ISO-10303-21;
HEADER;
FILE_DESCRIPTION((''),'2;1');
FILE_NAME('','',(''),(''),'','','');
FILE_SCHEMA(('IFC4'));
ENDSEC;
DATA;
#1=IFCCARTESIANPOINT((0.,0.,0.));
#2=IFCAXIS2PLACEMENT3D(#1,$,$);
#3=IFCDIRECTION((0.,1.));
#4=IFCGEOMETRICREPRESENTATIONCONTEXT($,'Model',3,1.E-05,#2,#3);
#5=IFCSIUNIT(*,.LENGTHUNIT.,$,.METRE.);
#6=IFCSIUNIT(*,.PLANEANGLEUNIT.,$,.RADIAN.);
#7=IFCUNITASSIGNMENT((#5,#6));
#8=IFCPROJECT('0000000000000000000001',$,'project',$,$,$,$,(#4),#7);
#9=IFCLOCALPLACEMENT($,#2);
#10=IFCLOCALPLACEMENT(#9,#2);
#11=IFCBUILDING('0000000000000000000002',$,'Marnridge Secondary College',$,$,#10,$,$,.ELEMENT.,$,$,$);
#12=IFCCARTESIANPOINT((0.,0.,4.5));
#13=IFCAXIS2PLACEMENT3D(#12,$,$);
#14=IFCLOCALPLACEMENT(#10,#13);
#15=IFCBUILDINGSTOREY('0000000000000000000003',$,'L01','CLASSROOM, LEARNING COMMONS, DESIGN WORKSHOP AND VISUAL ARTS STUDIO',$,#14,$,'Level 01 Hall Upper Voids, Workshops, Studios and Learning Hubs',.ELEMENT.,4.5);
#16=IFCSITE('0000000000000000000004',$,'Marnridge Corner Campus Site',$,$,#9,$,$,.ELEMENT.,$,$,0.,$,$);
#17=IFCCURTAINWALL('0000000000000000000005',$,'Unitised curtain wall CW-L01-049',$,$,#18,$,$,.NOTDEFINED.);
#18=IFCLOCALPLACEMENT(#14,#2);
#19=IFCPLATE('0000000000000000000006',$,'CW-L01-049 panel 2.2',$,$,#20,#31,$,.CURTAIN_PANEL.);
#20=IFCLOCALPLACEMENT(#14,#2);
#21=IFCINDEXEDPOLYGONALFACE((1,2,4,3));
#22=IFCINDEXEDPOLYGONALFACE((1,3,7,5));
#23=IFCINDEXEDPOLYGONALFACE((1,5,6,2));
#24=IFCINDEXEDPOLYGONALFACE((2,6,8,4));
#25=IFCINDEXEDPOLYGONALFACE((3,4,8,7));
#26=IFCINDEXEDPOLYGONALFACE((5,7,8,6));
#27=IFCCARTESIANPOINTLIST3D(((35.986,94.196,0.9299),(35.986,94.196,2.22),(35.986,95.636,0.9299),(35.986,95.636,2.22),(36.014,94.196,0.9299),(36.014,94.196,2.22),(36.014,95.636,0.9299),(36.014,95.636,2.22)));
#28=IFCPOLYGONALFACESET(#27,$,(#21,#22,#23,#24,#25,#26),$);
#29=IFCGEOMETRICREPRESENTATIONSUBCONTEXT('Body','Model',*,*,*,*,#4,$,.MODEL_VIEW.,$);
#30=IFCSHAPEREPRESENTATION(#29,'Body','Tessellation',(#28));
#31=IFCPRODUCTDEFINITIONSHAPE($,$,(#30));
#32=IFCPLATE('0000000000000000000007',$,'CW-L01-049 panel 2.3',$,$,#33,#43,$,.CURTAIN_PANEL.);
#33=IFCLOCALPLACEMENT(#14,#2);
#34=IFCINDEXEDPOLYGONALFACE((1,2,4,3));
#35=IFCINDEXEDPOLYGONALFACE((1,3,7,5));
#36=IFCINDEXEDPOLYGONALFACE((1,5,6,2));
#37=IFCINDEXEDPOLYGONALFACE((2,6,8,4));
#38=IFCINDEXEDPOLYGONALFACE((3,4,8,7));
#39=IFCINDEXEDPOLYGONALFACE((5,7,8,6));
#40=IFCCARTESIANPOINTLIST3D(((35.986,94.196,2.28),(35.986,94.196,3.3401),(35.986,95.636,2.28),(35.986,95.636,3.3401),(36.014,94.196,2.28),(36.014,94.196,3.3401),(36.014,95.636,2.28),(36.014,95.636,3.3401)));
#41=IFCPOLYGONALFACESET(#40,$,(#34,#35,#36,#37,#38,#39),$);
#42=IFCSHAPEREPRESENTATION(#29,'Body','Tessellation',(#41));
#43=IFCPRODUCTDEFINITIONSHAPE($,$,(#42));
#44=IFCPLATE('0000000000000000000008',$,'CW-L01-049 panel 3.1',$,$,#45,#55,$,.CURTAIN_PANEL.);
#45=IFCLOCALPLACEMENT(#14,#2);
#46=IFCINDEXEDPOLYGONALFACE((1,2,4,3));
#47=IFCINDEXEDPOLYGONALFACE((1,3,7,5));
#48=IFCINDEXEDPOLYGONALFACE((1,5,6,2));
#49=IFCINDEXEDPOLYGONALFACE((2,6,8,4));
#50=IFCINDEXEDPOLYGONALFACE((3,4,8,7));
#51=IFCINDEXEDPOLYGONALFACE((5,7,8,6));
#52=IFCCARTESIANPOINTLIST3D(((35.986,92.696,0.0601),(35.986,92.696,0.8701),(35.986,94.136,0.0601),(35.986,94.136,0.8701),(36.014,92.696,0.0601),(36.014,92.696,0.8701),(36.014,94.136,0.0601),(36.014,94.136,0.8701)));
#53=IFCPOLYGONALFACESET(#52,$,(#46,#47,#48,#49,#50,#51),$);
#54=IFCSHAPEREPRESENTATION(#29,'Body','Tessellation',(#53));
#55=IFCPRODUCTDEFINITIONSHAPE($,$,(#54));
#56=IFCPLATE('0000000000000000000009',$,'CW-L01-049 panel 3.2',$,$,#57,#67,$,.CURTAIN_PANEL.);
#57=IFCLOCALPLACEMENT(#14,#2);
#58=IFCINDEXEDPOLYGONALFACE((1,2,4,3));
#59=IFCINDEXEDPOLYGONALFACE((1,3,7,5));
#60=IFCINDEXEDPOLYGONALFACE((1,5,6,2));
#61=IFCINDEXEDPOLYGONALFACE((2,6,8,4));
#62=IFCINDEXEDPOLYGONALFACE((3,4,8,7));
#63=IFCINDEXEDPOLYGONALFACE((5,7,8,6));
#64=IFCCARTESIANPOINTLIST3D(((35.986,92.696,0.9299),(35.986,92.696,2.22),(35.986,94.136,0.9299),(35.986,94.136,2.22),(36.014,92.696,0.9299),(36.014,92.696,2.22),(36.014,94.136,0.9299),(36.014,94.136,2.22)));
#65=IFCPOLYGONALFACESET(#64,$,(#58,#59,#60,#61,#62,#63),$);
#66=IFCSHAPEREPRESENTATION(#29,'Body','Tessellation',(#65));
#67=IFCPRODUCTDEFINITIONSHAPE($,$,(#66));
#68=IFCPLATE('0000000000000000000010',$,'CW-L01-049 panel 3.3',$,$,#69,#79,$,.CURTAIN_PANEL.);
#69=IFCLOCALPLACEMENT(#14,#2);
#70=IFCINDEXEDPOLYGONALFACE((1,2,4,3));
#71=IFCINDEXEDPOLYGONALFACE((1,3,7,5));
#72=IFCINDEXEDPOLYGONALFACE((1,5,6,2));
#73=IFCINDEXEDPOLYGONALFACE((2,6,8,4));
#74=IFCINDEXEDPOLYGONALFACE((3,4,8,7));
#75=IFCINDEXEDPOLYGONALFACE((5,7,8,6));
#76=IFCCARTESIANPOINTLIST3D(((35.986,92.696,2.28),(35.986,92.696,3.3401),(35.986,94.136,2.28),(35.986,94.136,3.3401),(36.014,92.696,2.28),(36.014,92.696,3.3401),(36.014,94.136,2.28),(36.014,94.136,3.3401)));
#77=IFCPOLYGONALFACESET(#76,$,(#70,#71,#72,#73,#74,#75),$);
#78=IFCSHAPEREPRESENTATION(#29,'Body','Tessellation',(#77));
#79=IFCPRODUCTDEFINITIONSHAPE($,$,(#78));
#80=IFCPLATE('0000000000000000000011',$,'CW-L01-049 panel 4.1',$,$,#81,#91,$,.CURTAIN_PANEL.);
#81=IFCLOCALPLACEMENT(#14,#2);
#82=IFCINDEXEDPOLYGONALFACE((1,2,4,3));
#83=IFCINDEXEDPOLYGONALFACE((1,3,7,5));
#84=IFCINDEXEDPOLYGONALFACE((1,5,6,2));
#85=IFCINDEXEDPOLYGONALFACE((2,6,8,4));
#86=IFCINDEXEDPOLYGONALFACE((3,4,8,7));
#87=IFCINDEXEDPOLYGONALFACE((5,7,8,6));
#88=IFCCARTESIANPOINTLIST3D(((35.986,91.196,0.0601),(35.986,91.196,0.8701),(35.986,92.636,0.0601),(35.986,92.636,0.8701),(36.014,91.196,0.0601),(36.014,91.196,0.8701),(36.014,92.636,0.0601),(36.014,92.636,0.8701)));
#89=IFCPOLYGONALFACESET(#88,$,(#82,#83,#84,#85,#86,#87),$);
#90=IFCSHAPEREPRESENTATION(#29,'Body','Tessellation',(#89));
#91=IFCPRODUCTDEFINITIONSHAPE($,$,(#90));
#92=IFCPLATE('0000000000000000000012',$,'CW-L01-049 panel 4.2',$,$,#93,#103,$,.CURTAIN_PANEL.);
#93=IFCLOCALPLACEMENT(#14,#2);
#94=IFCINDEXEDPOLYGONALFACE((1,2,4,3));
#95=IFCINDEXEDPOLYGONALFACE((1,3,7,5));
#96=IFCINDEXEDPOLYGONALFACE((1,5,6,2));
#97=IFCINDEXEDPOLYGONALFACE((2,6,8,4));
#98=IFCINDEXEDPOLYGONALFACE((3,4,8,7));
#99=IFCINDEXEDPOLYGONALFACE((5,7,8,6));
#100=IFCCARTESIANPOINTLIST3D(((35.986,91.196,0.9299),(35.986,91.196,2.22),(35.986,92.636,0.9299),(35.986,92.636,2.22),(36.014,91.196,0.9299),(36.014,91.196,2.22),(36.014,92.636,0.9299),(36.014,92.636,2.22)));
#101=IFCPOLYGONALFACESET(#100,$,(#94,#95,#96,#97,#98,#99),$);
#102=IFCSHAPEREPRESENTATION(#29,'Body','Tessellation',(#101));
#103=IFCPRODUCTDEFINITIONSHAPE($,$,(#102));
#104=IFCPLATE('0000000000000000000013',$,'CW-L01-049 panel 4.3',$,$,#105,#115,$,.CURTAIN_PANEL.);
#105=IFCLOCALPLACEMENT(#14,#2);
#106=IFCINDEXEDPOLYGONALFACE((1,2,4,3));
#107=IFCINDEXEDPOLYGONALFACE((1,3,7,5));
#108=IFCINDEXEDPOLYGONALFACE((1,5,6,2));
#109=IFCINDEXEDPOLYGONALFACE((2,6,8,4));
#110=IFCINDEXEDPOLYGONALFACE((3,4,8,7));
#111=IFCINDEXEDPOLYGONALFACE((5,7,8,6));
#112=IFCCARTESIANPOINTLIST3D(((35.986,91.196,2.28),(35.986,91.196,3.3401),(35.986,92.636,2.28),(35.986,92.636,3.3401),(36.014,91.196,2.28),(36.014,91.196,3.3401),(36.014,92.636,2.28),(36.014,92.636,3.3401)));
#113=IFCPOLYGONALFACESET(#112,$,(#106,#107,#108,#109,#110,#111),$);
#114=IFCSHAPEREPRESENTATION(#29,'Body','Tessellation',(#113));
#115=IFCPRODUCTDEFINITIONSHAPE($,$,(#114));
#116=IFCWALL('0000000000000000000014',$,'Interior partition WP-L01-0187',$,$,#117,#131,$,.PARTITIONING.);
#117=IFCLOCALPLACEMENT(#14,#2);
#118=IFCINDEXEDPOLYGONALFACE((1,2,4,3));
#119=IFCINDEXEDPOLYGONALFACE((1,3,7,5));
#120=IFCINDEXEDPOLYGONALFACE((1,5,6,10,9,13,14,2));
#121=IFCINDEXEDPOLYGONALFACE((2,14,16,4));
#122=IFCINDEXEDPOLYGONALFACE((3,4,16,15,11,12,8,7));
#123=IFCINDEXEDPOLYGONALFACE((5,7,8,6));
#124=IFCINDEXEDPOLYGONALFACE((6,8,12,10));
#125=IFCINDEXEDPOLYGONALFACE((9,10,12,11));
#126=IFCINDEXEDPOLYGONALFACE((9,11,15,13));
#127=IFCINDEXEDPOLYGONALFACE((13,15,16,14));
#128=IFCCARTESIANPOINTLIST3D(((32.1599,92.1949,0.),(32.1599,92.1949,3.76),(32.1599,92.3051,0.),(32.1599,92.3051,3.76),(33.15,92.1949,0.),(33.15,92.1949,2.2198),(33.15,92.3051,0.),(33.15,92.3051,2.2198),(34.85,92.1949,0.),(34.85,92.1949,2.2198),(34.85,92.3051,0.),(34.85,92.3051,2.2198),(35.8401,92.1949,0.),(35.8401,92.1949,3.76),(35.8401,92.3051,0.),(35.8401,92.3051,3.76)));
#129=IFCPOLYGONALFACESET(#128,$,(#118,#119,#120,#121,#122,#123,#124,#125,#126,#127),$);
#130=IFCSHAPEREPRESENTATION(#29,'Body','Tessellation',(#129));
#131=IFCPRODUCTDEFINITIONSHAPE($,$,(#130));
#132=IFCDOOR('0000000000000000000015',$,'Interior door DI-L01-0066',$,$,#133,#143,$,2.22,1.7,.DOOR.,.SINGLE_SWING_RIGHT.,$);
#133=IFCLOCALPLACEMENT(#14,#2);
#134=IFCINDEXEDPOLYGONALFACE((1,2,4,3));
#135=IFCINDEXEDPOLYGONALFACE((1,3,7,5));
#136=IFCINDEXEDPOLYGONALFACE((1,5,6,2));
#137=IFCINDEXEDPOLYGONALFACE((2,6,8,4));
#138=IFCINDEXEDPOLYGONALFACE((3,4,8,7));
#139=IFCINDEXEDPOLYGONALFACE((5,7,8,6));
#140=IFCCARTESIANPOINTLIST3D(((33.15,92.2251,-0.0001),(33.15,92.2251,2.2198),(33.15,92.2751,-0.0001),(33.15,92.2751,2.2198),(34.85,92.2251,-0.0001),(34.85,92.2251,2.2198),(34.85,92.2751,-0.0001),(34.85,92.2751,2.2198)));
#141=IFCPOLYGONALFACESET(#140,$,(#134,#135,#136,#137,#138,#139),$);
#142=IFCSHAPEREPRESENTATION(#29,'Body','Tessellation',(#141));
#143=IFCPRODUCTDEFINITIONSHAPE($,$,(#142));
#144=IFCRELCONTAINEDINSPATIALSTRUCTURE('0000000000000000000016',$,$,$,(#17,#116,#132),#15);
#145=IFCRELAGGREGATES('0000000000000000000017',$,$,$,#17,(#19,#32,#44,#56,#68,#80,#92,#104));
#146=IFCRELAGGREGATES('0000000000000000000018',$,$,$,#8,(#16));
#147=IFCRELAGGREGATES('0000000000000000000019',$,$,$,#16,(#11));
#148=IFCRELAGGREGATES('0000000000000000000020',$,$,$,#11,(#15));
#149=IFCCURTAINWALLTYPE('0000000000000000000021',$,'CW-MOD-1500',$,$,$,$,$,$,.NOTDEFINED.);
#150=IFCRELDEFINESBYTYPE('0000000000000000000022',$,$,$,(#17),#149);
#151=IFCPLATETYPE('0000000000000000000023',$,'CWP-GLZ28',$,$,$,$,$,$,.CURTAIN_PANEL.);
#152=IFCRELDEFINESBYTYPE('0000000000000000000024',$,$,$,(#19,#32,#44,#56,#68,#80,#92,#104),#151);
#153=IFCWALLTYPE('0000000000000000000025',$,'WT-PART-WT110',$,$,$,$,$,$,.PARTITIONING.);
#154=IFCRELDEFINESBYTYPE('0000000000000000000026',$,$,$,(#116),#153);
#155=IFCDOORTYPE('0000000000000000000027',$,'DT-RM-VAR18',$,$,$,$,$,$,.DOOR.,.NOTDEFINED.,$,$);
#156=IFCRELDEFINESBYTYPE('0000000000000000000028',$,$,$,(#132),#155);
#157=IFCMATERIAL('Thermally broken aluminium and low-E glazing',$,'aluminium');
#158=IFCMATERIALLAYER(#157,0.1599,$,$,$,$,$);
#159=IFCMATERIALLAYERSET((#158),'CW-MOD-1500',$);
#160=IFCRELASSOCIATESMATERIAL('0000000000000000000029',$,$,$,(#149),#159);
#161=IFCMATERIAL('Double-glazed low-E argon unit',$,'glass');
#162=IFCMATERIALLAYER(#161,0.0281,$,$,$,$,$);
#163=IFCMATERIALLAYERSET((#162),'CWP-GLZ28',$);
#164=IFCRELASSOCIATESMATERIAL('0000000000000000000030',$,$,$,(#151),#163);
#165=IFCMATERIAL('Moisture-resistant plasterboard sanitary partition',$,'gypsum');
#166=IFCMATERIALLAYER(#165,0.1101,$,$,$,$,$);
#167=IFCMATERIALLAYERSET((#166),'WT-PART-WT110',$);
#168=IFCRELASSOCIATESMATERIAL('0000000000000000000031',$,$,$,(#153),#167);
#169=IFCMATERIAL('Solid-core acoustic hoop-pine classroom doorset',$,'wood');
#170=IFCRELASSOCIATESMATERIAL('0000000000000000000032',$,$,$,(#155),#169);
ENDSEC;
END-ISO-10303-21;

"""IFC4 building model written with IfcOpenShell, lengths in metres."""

from ifc_helpers import new_model, si_unit, direction, frame, frame_2d, origin, origin_2d, place, context, subcontext, project, spatial, rectangle, extrude, material, layer, layer_set, type_object, element, fill, aggregate, save


model = new_model("IFC4")

# Units and contexts
model_context = context("Model", 3, precision=1e-05, world=origin(), true_north=direction((0.0, 1.0)))
body_context = subcontext(model_context, "Body", "Model", "MODEL_VIEW")
ifc_project = project(units=[si_unit("LENGTHUNIT", "METRE"), si_unit("PLANEANGLEUNIT", "RADIAN")], contexts=[model_context])

# Site, building, storey
site_placement = place(None, origin())
site = spatial("IfcSite", under=ifc_project, at=site_placement, Name="Marnridge Corner Campus Site", CompositionType="ELEMENT", RefElevation=0.0)
building_placement = place(site_placement, origin())
building = spatial("IfcBuilding", under=site, at=building_placement, Name="Marnridge Secondary College", CompositionType="ELEMENT")
storey_placement = place(building_placement, frame((0.0, 0.0, 4.5)))
storey = spatial("IfcBuildingStorey", under=building, at=storey_placement, Name="L01", Description="CLASSROOM, LEARNING COMMONS, DESIGN WORKSHOP AND VISUAL ARTS STUDIO", LongName="Level 01 Hall Upper Voids, Workshops, Studios and Learning Hubs", CompositionType="ELEMENT", Elevation=4.5)

# Curtain wall, plates
ifc_material_1 = material(Name="Thermally broken aluminium and low-E glazing", Category="aluminium")
ifc_layer_1 = layer(ifc_material_1, 0.1599)
ifc_layer_set_1 = layer_set([ifc_layer_1], Name="CW-MOD-1500")
curtain_wall_type = type_object("IfcCurtainWallType", Name="CW-MOD-1500", PredefinedType="NOTDEFINED", material=ifc_layer_set_1)
curtain_wall_placement = place(storey_placement, origin())
curtain_wall = element("IfcCurtainWall", 1, at=curtain_wall_placement, inside=storey, type_object=curtain_wall_type, Name="Unitised curtain wall CW-L01-049", PredefinedType="NOTDEFINED")
ifc_material_2 = material(Name="Double-glazed low-E argon unit", Category="glass")
ifc_layer_2 = layer(ifc_material_2, 0.0281)
ifc_layer_set_2 = layer_set([ifc_layer_2], Name="CWP-GLZ28")
plate_type = type_object("IfcPlateType", Name="CWP-GLZ28", PredefinedType="CURTAIN_PANEL", material=ifc_layer_set_2)
plate_1_placement = place(storey_placement, frame((36.0, 94.916, 0.9299), z_axis=(0.0, 0.0, 1.0), x_axis=(0.0, -1.0, 0.0)))
plate_1 = element("IfcPlate", 2, at=plate_1_placement, type_object=plate_type, Name="CW-L01-049 panel 2.2", PredefinedType="CURTAIN_PANEL", context=body_context, shape_type="SweptSolid", body=[
    extrude(rectangle(XDim=1.4399, YDim=0.0281, at=origin_2d()), origin(), (0.0, 0.0, 1.0), 1.29),
])
plate_2_placement = place(storey_placement, frame((36.0, 94.916, 2.28), z_axis=(0.0, 0.0, 1.0), x_axis=(0.0, -1.0, 0.0)))
plate_2 = element("IfcPlate", 3, at=plate_2_placement, type_object=plate_type, Name="CW-L01-049 panel 2.3", PredefinedType="CURTAIN_PANEL", context=body_context, shape_type="SweptSolid", body=[
    extrude(rectangle(XDim=1.4399, YDim=0.0281, at=origin_2d()), origin(), (0.0, 0.0, 1.0), 1.0601),
])
plate_3_placement = place(storey_placement, frame((36.0, 93.416, 0.0601), z_axis=(0.0, 0.0, 1.0), x_axis=(0.0, -1.0, 0.0)))
plate_3 = element("IfcPlate", 4, at=plate_3_placement, type_object=plate_type, Name="CW-L01-049 panel 3.1", PredefinedType="CURTAIN_PANEL", context=body_context, shape_type="SweptSolid", body=[
    extrude(rectangle(XDim=1.4399, YDim=0.0281, at=origin_2d()), origin(), (0.0, 0.0, 1.0), 0.8101),
])
plate_4_placement = place(storey_placement, frame((36.0, 93.416, 0.9299), z_axis=(0.0, 0.0, 1.0), x_axis=(0.0, -1.0, 0.0)))
plate_4 = element("IfcPlate", 5, at=plate_4_placement, type_object=plate_type, Name="CW-L01-049 panel 3.2", PredefinedType="CURTAIN_PANEL", context=body_context, shape_type="SweptSolid", body=[
    extrude(rectangle(XDim=1.4399, YDim=0.0281, at=origin_2d()), origin(), (0.0, 0.0, 1.0), 1.29),
])
plate_5_placement = place(storey_placement, frame((36.0, 93.416, 2.28), z_axis=(0.0, 0.0, 1.0), x_axis=(0.0, -1.0, 0.0)))
plate_5 = element("IfcPlate", 6, at=plate_5_placement, type_object=plate_type, Name="CW-L01-049 panel 3.3", PredefinedType="CURTAIN_PANEL", context=body_context, shape_type="SweptSolid", body=[
    extrude(rectangle(XDim=1.4399, YDim=0.0281, at=origin_2d()), origin(), (0.0, 0.0, 1.0), 1.0601),
])
plate_6_placement = place(storey_placement, frame((36.0, 91.916, 0.0601), z_axis=(0.0, 0.0, 1.0), x_axis=(0.0, -1.0, 0.0)))
plate_6 = element("IfcPlate", 7, at=plate_6_placement, type_object=plate_type, Name="CW-L01-049 panel 4.1", PredefinedType="CURTAIN_PANEL", context=body_context, shape_type="SweptSolid", body=[
    extrude(rectangle(XDim=1.4399, YDim=0.0281, at=origin_2d()), origin(), (0.0, 0.0, 1.0), 0.8101),
])
plate_7_placement = place(storey_placement, frame((36.0, 91.916, 0.9299), z_axis=(0.0, 0.0, 1.0), x_axis=(0.0, -1.0, 0.0)))
plate_7 = element("IfcPlate", 8, at=plate_7_placement, type_object=plate_type, Name="CW-L01-049 panel 4.2", PredefinedType="CURTAIN_PANEL", context=body_context, shape_type="SweptSolid", body=[
    extrude(rectangle(XDim=1.4399, YDim=0.0281, at=origin_2d()), origin(), (0.0, 0.0, 1.0), 1.29),
])
plate_8_placement = place(storey_placement, frame((36.0, 91.916, 2.28), z_axis=(0.0, 0.0, 1.0), x_axis=(0.0, -1.0, 0.0)))
plate_8 = element("IfcPlate", 9, at=plate_8_placement, type_object=plate_type, Name="CW-L01-049 panel 4.3", PredefinedType="CURTAIN_PANEL", context=body_context, shape_type="SweptSolid", body=[
    extrude(rectangle(XDim=1.4399, YDim=0.0281, at=origin_2d()), origin(), (0.0, 0.0, 1.0), 1.0601),
])
aggregate(curtain_wall, [plate_1, plate_2, plate_3, plate_4, plate_5, plate_6, plate_7, plate_8])

# Wall, opening, door
ifc_material_3 = material(Name="Moisture-resistant plasterboard sanitary partition", Category="gypsum")
ifc_layer_3 = layer(ifc_material_3, 0.1101)
ifc_layer_set_3 = layer_set([ifc_layer_3], Name="WT-PART-WT110")
wall_type = type_object("IfcWallType", Name="WT-PART-WT110", PredefinedType="PARTITIONING", material=ifc_layer_set_3)
wall_placement = place(storey_placement, frame((35.8401, 92.25, 0.0), z_axis=(0.0, 0.0, 1.0), x_axis=(-1.0, 0.0, 0.0)))
wall = element("IfcWall", 10, at=wall_placement, inside=storey, type_object=wall_type, Name="Interior partition WP-L01-0187", PredefinedType="PARTITIONING", context=body_context, shape_type="SweptSolid", body=[
    extrude(rectangle(XDim=3.6802, YDim=0.1101, at=frame_2d((1.8401, 0.0))), origin(), (0.0, 0.0, 1.0), 3.76),
])
opening_placement = place(wall_placement, frame((0.99, 0.0, 0.0)))
opening = element("IfcOpeningElement", 11, at=opening_placement, cuts=wall, PredefinedType="OPENING", context=body_context, shape_type="SweptSolid", body=[
    extrude(rectangle(XDim=1.7, YDim=2.22, at=frame_2d((0.8501, 1.1099))), frame((0.0, 0.0649, 0.0), z_axis=(0.0, -1.0, 0.0), x_axis=(1.0, 0.0, 0.0)), (0.0, 0.0, 1.0), 0.1301),
])
ifc_material_4 = material(Name="Solid-core acoustic hoop-pine classroom doorset", Category="wood")
door_type = type_object("IfcDoorType", Name="DT-RM-VAR18", OperationType="NOTDEFINED", PredefinedType="DOOR", material=ifc_material_4)
door_placement = place(opening_placement, origin())
door = element("IfcDoor", 12, at=door_placement, inside=storey, type_object=door_type, Name="Interior door DI-L01-0066", OperationType="SINGLE_SWING_RIGHT", OverallHeight=2.22, OverallWidth=1.7, PredefinedType="DOOR", context=body_context, shape_type="SweptSolid", body=[
    extrude(rectangle(XDim=1.7, YDim=2.22, at=frame_2d((0.8501, 1.1099))), frame((0.0, 0.0249, 0.0), z_axis=(0.0, -1.0, 0.0), x_axis=(1.0, 0.0, 0.0)), (0.0, 0.0, 1.0), 0.05),
])
fill(opening, door)

save(model, "model.ifc")
